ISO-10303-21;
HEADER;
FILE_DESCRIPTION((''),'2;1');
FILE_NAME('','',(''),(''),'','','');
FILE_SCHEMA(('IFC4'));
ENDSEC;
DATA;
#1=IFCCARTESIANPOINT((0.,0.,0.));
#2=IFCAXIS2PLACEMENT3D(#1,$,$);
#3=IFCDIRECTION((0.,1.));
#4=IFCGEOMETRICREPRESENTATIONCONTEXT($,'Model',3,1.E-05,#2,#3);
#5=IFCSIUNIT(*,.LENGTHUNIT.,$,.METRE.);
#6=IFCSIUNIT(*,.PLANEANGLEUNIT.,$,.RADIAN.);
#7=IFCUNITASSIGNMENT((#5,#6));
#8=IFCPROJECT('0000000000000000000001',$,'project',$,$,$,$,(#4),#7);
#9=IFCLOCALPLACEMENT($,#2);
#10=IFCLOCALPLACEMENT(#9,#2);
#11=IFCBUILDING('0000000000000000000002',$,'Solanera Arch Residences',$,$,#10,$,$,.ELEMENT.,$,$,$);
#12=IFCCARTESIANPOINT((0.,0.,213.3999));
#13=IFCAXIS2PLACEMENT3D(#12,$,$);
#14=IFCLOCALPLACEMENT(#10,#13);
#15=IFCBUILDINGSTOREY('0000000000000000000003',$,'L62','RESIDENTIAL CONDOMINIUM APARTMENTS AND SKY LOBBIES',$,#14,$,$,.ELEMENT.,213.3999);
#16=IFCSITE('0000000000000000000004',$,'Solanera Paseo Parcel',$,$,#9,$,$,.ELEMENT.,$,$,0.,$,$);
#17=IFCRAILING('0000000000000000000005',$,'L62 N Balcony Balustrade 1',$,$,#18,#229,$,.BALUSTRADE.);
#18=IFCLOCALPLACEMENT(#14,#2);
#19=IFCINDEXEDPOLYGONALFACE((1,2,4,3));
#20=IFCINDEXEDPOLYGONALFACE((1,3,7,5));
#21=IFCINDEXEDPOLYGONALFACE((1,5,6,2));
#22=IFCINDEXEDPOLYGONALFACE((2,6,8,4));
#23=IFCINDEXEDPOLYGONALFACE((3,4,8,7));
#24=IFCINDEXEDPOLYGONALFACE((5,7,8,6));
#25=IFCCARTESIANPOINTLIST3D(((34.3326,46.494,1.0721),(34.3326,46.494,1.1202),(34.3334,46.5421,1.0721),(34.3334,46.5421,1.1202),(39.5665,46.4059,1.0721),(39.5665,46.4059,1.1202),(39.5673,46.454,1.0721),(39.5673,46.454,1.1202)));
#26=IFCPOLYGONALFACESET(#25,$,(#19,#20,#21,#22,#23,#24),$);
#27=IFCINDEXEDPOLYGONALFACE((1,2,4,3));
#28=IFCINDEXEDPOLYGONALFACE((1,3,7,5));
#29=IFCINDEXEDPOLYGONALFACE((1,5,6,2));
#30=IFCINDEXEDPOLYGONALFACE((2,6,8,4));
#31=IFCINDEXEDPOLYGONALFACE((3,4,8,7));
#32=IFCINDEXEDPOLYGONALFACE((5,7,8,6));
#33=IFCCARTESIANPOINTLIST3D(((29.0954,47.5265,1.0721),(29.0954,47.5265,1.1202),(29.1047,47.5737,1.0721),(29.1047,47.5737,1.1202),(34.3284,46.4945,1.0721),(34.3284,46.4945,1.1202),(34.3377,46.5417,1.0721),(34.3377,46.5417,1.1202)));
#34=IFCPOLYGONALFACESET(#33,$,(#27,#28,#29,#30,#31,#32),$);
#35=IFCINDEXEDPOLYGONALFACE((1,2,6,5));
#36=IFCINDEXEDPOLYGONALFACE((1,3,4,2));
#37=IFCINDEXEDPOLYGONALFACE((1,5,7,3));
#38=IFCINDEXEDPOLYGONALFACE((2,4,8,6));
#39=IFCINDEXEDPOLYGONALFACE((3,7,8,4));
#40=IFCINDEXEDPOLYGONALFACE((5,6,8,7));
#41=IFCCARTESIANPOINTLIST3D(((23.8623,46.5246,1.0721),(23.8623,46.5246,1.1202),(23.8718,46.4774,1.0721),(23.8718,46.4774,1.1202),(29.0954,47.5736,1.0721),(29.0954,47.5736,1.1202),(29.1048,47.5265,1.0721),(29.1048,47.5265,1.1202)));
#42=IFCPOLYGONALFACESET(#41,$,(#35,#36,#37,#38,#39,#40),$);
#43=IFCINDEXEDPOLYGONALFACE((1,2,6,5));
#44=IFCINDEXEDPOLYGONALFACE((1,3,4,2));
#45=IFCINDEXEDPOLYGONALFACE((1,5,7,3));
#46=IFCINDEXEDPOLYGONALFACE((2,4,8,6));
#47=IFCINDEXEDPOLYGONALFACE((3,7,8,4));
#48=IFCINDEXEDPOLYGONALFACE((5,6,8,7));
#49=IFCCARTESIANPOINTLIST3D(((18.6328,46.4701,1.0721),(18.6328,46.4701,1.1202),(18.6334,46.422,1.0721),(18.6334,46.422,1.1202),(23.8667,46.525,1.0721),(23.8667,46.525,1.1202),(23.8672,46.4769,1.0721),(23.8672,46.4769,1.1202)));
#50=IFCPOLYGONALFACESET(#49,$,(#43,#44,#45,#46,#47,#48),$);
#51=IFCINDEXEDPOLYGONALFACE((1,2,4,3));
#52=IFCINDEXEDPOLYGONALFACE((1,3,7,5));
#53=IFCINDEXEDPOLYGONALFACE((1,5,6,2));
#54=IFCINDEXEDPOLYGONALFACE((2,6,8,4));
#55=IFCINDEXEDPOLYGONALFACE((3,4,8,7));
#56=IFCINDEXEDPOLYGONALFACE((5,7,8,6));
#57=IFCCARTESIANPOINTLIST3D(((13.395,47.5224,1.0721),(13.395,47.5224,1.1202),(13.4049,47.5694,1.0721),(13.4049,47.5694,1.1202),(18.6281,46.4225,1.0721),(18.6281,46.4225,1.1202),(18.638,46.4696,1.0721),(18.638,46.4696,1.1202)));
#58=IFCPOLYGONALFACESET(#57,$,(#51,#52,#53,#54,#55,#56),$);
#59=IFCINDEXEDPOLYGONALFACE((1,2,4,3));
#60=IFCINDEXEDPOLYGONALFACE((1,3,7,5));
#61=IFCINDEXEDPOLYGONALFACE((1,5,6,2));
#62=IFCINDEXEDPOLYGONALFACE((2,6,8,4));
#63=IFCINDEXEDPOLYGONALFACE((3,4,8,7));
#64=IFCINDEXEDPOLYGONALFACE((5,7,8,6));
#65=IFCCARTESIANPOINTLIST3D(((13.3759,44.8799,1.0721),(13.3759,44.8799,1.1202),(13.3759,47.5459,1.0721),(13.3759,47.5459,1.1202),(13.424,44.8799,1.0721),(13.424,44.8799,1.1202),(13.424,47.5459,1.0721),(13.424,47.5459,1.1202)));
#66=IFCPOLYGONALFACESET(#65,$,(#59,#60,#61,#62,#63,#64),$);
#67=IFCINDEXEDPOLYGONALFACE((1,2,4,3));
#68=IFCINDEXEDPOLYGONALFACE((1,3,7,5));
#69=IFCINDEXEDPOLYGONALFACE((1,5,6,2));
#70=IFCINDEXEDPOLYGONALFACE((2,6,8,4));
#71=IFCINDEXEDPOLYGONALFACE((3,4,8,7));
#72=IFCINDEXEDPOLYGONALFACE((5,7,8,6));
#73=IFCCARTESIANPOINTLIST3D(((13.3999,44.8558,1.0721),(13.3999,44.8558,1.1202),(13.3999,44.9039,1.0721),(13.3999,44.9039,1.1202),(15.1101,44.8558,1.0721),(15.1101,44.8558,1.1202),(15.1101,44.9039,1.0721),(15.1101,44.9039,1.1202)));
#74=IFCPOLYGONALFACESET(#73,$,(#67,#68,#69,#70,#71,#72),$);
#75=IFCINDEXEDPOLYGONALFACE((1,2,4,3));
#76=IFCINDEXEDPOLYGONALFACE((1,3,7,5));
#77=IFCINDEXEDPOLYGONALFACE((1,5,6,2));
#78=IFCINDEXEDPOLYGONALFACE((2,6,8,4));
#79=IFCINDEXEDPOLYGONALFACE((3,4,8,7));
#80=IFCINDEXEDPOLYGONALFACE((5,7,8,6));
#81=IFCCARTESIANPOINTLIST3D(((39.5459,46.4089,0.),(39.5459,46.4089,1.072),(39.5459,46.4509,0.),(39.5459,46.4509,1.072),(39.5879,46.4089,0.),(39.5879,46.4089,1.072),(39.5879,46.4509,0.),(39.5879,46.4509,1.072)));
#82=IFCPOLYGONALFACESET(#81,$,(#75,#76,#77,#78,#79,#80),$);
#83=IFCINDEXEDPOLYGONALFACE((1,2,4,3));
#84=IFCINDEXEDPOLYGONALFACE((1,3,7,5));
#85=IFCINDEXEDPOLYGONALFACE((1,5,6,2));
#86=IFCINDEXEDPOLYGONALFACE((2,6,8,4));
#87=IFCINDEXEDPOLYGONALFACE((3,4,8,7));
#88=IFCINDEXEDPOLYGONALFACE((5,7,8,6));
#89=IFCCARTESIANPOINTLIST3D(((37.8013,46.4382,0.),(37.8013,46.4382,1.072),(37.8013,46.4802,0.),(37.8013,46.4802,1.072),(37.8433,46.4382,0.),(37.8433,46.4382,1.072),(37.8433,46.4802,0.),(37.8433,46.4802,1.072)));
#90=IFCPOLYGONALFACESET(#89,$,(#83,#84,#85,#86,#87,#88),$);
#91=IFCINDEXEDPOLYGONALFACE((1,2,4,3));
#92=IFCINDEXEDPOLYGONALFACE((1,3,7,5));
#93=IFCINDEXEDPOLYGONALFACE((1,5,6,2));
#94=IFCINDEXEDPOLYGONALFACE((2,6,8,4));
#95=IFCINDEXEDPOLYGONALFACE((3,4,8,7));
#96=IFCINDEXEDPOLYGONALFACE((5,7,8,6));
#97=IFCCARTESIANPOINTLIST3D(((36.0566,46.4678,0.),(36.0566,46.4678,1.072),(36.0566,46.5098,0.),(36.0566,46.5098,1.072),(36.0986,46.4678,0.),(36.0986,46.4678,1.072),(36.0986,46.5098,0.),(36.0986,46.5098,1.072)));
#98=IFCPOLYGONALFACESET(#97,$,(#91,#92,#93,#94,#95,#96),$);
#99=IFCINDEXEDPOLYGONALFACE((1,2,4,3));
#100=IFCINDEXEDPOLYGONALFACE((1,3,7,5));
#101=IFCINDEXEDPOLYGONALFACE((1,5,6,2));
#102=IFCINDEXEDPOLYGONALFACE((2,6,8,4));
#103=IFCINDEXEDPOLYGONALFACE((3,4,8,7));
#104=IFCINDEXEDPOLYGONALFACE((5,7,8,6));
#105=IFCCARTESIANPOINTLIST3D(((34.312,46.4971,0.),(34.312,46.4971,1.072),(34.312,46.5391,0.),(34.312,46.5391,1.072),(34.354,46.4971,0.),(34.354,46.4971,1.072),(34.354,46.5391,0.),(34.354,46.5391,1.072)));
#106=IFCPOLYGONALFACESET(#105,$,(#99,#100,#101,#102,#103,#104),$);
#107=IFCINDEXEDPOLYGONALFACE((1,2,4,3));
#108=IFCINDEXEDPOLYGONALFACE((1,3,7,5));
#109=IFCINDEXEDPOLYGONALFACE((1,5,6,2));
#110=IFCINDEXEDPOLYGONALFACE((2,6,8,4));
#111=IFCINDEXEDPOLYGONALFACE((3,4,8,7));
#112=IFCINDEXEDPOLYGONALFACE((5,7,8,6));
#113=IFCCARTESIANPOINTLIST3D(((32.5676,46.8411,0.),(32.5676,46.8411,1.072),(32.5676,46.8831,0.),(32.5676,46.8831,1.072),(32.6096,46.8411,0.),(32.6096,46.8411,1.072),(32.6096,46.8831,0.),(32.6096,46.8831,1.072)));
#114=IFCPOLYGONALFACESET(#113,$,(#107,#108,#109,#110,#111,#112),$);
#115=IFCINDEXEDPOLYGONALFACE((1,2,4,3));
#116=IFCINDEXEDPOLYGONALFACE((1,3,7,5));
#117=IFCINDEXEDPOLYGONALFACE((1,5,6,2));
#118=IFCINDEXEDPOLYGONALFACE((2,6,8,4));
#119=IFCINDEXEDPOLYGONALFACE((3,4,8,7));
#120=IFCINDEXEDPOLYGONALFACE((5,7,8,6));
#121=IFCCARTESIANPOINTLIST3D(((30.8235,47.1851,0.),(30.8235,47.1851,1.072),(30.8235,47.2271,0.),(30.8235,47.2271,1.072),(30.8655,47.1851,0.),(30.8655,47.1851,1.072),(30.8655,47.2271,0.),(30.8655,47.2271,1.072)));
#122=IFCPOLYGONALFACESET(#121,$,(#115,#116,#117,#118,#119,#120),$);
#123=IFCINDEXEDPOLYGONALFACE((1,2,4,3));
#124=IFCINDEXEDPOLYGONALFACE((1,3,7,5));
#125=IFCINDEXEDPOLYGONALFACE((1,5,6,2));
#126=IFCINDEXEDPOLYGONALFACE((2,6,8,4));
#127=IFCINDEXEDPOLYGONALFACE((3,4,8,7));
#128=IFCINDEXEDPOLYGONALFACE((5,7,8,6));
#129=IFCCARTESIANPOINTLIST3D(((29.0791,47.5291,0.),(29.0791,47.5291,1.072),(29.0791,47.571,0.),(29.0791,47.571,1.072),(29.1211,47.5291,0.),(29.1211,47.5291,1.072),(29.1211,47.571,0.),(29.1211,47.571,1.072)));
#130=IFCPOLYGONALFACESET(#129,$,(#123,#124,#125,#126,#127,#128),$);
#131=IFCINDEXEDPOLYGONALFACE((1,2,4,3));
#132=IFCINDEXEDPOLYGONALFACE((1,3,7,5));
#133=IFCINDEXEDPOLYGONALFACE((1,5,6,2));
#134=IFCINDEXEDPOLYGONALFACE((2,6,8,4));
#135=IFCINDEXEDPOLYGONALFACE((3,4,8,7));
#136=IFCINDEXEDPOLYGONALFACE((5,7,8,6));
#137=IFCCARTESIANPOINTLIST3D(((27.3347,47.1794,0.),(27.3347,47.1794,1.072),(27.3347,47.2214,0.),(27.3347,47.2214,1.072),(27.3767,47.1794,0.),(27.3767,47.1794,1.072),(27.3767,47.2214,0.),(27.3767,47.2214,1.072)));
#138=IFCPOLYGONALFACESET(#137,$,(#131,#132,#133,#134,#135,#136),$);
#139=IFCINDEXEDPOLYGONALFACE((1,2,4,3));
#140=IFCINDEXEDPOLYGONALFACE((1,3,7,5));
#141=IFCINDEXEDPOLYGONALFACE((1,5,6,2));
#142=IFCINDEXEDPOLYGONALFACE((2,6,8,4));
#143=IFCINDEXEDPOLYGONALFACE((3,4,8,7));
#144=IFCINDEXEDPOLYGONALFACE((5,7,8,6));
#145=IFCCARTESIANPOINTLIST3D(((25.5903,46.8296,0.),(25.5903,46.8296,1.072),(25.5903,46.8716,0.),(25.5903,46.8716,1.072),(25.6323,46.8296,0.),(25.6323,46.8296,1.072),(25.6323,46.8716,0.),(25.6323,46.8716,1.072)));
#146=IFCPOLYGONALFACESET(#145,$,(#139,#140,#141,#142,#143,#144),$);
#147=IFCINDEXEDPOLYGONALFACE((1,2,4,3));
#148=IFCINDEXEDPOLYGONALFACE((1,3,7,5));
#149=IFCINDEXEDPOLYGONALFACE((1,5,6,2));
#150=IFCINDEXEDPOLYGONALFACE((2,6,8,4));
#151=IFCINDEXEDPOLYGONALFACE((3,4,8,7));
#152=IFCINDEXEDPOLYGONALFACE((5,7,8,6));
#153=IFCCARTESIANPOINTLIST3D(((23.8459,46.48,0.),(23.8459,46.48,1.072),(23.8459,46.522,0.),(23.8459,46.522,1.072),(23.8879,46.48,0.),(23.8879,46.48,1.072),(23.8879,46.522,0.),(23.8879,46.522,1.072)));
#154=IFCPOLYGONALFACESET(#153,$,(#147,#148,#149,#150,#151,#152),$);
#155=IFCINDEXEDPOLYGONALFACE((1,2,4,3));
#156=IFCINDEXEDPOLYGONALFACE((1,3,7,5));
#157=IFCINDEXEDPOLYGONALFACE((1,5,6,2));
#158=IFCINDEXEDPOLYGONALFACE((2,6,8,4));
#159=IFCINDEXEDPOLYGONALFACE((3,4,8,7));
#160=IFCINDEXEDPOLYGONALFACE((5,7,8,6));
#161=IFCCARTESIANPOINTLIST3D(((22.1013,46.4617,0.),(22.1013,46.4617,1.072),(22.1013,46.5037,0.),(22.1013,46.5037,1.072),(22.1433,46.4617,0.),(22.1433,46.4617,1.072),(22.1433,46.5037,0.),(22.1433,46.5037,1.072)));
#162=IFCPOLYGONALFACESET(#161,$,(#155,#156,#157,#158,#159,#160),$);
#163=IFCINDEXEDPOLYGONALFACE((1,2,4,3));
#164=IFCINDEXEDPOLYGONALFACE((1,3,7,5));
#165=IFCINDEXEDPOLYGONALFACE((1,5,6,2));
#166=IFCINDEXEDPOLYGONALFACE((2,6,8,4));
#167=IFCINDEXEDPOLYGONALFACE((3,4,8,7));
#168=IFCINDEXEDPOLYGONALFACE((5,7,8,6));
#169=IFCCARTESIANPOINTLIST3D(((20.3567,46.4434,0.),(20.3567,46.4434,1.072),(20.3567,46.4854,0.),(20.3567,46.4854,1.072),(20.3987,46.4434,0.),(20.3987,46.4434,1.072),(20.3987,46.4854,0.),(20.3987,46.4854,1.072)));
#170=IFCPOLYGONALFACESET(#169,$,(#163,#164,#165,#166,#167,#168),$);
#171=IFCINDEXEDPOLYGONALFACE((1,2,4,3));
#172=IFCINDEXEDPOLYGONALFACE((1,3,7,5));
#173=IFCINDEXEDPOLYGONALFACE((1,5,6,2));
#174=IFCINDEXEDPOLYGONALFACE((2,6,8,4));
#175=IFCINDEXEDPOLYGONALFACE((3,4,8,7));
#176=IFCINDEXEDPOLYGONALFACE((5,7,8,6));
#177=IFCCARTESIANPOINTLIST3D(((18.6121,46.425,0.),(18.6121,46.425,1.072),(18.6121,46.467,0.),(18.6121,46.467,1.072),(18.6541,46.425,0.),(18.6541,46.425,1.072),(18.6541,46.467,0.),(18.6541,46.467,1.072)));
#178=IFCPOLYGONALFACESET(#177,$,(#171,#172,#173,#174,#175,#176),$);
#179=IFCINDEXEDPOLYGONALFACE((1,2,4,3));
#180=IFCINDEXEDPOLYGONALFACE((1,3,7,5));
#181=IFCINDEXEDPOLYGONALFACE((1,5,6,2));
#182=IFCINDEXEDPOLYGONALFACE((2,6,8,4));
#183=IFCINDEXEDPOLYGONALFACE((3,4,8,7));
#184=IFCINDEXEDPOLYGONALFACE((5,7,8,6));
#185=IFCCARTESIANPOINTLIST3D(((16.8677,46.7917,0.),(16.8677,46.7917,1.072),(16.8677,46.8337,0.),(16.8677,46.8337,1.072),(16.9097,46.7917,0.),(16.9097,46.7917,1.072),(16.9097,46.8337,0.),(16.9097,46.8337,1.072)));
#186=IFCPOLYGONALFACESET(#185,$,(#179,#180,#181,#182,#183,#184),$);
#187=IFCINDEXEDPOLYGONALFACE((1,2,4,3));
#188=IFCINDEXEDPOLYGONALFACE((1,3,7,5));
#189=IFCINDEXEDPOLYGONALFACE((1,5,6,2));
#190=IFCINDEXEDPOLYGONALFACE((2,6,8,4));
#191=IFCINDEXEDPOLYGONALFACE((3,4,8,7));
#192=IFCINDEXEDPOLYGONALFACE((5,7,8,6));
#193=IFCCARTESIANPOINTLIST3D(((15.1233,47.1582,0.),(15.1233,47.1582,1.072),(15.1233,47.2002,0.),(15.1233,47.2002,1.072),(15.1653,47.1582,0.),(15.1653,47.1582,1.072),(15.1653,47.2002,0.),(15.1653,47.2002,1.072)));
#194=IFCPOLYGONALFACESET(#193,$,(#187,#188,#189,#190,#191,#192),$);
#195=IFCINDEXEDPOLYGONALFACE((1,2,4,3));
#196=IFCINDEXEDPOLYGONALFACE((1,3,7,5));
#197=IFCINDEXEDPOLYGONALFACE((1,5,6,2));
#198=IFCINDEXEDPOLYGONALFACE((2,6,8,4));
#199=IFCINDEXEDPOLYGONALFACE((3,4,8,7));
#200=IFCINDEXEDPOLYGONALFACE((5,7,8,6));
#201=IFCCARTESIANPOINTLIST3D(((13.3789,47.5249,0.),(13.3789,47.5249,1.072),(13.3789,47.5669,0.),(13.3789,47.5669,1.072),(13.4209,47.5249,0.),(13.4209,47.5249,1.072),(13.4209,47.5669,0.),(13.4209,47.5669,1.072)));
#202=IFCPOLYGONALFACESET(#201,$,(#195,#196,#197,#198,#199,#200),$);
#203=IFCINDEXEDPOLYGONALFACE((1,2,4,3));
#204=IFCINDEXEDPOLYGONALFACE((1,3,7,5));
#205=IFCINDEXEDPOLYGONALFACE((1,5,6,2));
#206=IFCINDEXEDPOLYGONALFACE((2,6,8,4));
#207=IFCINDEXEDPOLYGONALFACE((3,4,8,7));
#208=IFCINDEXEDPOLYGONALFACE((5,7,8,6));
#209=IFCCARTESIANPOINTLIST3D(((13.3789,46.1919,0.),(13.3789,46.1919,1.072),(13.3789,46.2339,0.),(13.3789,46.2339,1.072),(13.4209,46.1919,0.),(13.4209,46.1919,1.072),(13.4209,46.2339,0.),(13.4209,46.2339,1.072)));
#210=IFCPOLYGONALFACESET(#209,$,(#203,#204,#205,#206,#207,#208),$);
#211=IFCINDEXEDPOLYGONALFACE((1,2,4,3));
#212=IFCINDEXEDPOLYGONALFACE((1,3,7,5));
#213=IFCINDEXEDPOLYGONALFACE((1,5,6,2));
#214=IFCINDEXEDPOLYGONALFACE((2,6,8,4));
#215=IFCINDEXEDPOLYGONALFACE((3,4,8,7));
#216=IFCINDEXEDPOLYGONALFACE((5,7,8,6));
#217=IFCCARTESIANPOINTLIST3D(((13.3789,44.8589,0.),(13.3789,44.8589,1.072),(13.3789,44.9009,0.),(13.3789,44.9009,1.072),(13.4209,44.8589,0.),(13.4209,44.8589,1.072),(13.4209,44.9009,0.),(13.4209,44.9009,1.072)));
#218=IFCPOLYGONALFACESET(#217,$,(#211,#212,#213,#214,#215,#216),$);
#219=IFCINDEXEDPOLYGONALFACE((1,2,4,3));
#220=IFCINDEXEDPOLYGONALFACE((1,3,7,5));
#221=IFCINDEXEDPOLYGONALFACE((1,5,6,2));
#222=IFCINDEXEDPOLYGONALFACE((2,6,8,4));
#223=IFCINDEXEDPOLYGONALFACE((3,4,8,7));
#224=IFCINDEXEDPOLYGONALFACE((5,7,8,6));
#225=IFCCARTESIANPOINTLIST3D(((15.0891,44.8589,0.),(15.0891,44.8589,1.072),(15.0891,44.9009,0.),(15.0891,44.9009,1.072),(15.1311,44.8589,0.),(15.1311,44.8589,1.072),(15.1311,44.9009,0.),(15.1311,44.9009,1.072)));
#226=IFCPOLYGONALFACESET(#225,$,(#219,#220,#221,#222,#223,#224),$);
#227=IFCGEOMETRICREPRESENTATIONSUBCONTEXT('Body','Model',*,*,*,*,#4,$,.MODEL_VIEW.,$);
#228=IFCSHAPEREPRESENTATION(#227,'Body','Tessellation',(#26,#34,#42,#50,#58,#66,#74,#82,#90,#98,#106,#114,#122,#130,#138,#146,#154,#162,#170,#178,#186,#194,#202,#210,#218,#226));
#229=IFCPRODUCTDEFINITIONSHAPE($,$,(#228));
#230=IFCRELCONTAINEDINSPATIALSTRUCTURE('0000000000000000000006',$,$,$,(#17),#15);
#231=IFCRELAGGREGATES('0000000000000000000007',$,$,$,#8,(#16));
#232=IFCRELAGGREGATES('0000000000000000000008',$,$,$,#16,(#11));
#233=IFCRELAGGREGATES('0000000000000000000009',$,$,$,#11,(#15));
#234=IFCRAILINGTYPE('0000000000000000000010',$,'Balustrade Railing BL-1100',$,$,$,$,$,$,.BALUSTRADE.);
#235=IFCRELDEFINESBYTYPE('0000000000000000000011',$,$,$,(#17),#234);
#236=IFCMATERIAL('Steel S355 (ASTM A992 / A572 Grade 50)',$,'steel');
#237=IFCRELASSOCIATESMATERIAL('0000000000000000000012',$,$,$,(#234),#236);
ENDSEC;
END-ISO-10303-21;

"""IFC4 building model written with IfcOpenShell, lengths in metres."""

from ifc_helpers import new_model, si_unit, direction, frame, origin, origin_2d, place, context, subcontext, project, spatial, rectangle, extrude, material, type_object, element, save


model = new_model("IFC4")

# Units and contexts
model_context = context("Model", 3, precision=1e-05, world=origin(), true_north=direction((0.0, 1.0)))
body_context = subcontext(model_context, "Body", "Model", "MODEL_VIEW")
ifc_project = project(units=[si_unit("LENGTHUNIT", "METRE"), si_unit("PLANEANGLEUNIT", "RADIAN")], contexts=[model_context])

# Site, building, storey
site_placement = place(None, origin())
site = spatial("IfcSite", under=ifc_project, at=site_placement, Name="Solanera Paseo Parcel", CompositionType="ELEMENT", RefElevation=0.0)
building_placement = place(site_placement, origin())
building = spatial("IfcBuilding", under=site, at=building_placement, Name="Solanera Arch Residences", CompositionType="ELEMENT")
storey_placement = place(building_placement, frame((0.0, 0.0, 213.3999)))
storey = spatial("IfcBuildingStorey", under=building, at=storey_placement, Name="L62", Description="RESIDENTIAL CONDOMINIUM APARTMENTS AND SKY LOBBIES", CompositionType="ELEMENT", Elevation=213.3999)

# Railing
ifc_material_1 = material(Name="Steel S355 (ASTM A992 / A572 Grade 50)", Category="steel")
railing_type = type_object("IfcRailingType", Name="Balustrade Railing BL-1100", PredefinedType="BALUSTRADE", material=ifc_material_1)
railing_placement = place(storey_placement, frame((39.5669, 46.4299, 0.0)))
element("IfcRailing", 1, at=railing_placement, inside=storey, type_object=railing_type, Name="L62 N Balcony Balustrade 1", PredefinedType="BALUSTRADE", context=body_context, shape_type="SweptSolid", body=[
    extrude(rectangle(XDim=0.0481, YDim=0.0481, at=origin_2d()), frame((0.0, 0.0, 1.0962), z_axis=(-0.999858, 0.016837, 0.0), x_axis=(-0.016837, -0.999858, 0.0)), (0.0, 0.0, 1.0), 5.2346),
    extrude(rectangle(XDim=0.0481, YDim=0.0481, at=origin_2d()), frame((-5.2339, 0.0881, 1.0962), z_axis=(-0.981104, 0.193483, 0.0), x_axis=(-0.193483, -0.981104, 0.0)), (0.0, 0.0, 1.0), 5.3337),
    extrude(rectangle(XDim=0.0481, YDim=0.0481, at=origin_2d()), frame((-10.4668, 1.1201, 1.0962), z_axis=(-0.980493, -0.196556, 0.0), x_axis=(0.196556, -0.980493, 0.0)), (0.0, 0.0, 1.0), 5.3372),
    extrude(rectangle(XDim=0.0481, YDim=0.0481, at=origin_2d()), frame((-15.7, 0.071, 1.0962), z_axis=(-0.999945, -0.010495, 0.0), x_axis=(0.010495, -0.999945, 0.0)), (0.0, 0.0, 1.0), 5.2341),
    extrude(rectangle(XDim=0.0481, YDim=0.0481, at=origin_2d()), frame((-20.9338, 0.0161, 1.0962), z_axis=(-0.97862, 0.205677, 0.0), x_axis=(-0.205677, -0.97862, 0.0)), (0.0, 0.0, 1.0), 5.3474),
    extrude(rectangle(XDim=0.0481, YDim=0.0481, at=origin_2d()), frame((-26.167, 1.116, 1.0962), z_axis=(0.0, -1.0, 0.0), x_axis=(1.0, 0.0, 0.0)), (0.0, 0.0, 1.0), 2.666),
    extrude(rectangle(XDim=0.0481, YDim=0.0481, at=origin_2d()), frame((-26.167, -1.55, 1.0962), z_axis=(1.0, 0.0, 0.0), x_axis=(0.0, 1.0, 0.0)), (0.0, 0.0, 1.0), 1.7102),
    extrude(rectangle(XDim=0.042, YDim=0.042, at=origin_2d()), origin(), (0.0, 0.0, 1.0), 1.072),
    extrude(rectangle(XDim=0.042, YDim=0.042, at=origin_2d()), frame((-1.7446, 0.0293, 0.0)), (0.0, 0.0, 1.0), 1.072),
    extrude(rectangle(XDim=0.042, YDim=0.042, at=origin_2d()), frame((-3.4893, 0.0588, 0.0)), (0.0, 0.0, 1.0), 1.072),
    extrude(rectangle(XDim=0.042, YDim=0.042, at=origin_2d()), frame((-5.2339, 0.0881, 0.0)), (0.0, 0.0, 1.0), 1.072),
    extrude(rectangle(XDim=0.042, YDim=0.042, at=origin_2d()), frame((-6.9783, 0.4321, 0.0)), (0.0, 0.0, 1.0), 1.072),
    extrude(rectangle(XDim=0.042, YDim=0.042, at=origin_2d()), frame((-8.7224, 0.7761, 0.0)), (0.0, 0.0, 1.0), 1.072),
    extrude(rectangle(XDim=0.042, YDim=0.042, at=origin_2d()), frame((-10.4668, 1.1201, 0.0)), (0.0, 0.0, 1.0), 1.072),
    extrude(rectangle(XDim=0.042, YDim=0.042, at=origin_2d()), frame((-12.2112, 0.7705, 0.0)), (0.0, 0.0, 1.0), 1.072),
    extrude(rectangle(XDim=0.042, YDim=0.042, at=origin_2d()), frame((-13.9556, 0.4207, 0.0)), (0.0, 0.0, 1.0), 1.072),
    extrude(rectangle(XDim=0.042, YDim=0.042, at=origin_2d()), frame((-15.7, 0.071, 0.0)), (0.0, 0.0, 1.0), 1.072),
    extrude(rectangle(XDim=0.042, YDim=0.042, at=origin_2d()), frame((-17.4446, 0.0527, 0.0)), (0.0, 0.0, 1.0), 1.072),
    extrude(rectangle(XDim=0.042, YDim=0.042, at=origin_2d()), frame((-19.1892, 0.0344, 0.0)), (0.0, 0.0, 1.0), 1.072),
    extrude(rectangle(XDim=0.042, YDim=0.042, at=origin_2d()), frame((-20.9338, 0.0161, 0.0)), (0.0, 0.0, 1.0), 1.072),
    extrude(rectangle(XDim=0.042, YDim=0.042, at=origin_2d()), frame((-22.6782, 0.3828, 0.0)), (0.0, 0.0, 1.0), 1.072),
    extrude(rectangle(XDim=0.042, YDim=0.042, at=origin_2d()), frame((-24.4226, 0.7493, 0.0)), (0.0, 0.0, 1.0), 1.072),
    extrude(rectangle(XDim=0.042, YDim=0.042, at=origin_2d()), frame((-26.167, 1.116, 0.0)), (0.0, 0.0, 1.0), 1.072),
    extrude(rectangle(XDim=0.042, YDim=0.042, at=origin_2d()), frame((-26.167, -0.217, 0.0)), (0.0, 0.0, 1.0), 1.072),
    extrude(rectangle(XDim=0.042, YDim=0.042, at=origin_2d()), frame((-26.167, -1.55, 0.0)), (0.0, 0.0, 1.0), 1.072),
    extrude(rectangle(XDim=0.042, YDim=0.042, at=origin_2d()), frame((-24.4568, -1.55, 0.0)), (0.0, 0.0, 1.0), 1.072),
])

save(model, "model.ifc")
